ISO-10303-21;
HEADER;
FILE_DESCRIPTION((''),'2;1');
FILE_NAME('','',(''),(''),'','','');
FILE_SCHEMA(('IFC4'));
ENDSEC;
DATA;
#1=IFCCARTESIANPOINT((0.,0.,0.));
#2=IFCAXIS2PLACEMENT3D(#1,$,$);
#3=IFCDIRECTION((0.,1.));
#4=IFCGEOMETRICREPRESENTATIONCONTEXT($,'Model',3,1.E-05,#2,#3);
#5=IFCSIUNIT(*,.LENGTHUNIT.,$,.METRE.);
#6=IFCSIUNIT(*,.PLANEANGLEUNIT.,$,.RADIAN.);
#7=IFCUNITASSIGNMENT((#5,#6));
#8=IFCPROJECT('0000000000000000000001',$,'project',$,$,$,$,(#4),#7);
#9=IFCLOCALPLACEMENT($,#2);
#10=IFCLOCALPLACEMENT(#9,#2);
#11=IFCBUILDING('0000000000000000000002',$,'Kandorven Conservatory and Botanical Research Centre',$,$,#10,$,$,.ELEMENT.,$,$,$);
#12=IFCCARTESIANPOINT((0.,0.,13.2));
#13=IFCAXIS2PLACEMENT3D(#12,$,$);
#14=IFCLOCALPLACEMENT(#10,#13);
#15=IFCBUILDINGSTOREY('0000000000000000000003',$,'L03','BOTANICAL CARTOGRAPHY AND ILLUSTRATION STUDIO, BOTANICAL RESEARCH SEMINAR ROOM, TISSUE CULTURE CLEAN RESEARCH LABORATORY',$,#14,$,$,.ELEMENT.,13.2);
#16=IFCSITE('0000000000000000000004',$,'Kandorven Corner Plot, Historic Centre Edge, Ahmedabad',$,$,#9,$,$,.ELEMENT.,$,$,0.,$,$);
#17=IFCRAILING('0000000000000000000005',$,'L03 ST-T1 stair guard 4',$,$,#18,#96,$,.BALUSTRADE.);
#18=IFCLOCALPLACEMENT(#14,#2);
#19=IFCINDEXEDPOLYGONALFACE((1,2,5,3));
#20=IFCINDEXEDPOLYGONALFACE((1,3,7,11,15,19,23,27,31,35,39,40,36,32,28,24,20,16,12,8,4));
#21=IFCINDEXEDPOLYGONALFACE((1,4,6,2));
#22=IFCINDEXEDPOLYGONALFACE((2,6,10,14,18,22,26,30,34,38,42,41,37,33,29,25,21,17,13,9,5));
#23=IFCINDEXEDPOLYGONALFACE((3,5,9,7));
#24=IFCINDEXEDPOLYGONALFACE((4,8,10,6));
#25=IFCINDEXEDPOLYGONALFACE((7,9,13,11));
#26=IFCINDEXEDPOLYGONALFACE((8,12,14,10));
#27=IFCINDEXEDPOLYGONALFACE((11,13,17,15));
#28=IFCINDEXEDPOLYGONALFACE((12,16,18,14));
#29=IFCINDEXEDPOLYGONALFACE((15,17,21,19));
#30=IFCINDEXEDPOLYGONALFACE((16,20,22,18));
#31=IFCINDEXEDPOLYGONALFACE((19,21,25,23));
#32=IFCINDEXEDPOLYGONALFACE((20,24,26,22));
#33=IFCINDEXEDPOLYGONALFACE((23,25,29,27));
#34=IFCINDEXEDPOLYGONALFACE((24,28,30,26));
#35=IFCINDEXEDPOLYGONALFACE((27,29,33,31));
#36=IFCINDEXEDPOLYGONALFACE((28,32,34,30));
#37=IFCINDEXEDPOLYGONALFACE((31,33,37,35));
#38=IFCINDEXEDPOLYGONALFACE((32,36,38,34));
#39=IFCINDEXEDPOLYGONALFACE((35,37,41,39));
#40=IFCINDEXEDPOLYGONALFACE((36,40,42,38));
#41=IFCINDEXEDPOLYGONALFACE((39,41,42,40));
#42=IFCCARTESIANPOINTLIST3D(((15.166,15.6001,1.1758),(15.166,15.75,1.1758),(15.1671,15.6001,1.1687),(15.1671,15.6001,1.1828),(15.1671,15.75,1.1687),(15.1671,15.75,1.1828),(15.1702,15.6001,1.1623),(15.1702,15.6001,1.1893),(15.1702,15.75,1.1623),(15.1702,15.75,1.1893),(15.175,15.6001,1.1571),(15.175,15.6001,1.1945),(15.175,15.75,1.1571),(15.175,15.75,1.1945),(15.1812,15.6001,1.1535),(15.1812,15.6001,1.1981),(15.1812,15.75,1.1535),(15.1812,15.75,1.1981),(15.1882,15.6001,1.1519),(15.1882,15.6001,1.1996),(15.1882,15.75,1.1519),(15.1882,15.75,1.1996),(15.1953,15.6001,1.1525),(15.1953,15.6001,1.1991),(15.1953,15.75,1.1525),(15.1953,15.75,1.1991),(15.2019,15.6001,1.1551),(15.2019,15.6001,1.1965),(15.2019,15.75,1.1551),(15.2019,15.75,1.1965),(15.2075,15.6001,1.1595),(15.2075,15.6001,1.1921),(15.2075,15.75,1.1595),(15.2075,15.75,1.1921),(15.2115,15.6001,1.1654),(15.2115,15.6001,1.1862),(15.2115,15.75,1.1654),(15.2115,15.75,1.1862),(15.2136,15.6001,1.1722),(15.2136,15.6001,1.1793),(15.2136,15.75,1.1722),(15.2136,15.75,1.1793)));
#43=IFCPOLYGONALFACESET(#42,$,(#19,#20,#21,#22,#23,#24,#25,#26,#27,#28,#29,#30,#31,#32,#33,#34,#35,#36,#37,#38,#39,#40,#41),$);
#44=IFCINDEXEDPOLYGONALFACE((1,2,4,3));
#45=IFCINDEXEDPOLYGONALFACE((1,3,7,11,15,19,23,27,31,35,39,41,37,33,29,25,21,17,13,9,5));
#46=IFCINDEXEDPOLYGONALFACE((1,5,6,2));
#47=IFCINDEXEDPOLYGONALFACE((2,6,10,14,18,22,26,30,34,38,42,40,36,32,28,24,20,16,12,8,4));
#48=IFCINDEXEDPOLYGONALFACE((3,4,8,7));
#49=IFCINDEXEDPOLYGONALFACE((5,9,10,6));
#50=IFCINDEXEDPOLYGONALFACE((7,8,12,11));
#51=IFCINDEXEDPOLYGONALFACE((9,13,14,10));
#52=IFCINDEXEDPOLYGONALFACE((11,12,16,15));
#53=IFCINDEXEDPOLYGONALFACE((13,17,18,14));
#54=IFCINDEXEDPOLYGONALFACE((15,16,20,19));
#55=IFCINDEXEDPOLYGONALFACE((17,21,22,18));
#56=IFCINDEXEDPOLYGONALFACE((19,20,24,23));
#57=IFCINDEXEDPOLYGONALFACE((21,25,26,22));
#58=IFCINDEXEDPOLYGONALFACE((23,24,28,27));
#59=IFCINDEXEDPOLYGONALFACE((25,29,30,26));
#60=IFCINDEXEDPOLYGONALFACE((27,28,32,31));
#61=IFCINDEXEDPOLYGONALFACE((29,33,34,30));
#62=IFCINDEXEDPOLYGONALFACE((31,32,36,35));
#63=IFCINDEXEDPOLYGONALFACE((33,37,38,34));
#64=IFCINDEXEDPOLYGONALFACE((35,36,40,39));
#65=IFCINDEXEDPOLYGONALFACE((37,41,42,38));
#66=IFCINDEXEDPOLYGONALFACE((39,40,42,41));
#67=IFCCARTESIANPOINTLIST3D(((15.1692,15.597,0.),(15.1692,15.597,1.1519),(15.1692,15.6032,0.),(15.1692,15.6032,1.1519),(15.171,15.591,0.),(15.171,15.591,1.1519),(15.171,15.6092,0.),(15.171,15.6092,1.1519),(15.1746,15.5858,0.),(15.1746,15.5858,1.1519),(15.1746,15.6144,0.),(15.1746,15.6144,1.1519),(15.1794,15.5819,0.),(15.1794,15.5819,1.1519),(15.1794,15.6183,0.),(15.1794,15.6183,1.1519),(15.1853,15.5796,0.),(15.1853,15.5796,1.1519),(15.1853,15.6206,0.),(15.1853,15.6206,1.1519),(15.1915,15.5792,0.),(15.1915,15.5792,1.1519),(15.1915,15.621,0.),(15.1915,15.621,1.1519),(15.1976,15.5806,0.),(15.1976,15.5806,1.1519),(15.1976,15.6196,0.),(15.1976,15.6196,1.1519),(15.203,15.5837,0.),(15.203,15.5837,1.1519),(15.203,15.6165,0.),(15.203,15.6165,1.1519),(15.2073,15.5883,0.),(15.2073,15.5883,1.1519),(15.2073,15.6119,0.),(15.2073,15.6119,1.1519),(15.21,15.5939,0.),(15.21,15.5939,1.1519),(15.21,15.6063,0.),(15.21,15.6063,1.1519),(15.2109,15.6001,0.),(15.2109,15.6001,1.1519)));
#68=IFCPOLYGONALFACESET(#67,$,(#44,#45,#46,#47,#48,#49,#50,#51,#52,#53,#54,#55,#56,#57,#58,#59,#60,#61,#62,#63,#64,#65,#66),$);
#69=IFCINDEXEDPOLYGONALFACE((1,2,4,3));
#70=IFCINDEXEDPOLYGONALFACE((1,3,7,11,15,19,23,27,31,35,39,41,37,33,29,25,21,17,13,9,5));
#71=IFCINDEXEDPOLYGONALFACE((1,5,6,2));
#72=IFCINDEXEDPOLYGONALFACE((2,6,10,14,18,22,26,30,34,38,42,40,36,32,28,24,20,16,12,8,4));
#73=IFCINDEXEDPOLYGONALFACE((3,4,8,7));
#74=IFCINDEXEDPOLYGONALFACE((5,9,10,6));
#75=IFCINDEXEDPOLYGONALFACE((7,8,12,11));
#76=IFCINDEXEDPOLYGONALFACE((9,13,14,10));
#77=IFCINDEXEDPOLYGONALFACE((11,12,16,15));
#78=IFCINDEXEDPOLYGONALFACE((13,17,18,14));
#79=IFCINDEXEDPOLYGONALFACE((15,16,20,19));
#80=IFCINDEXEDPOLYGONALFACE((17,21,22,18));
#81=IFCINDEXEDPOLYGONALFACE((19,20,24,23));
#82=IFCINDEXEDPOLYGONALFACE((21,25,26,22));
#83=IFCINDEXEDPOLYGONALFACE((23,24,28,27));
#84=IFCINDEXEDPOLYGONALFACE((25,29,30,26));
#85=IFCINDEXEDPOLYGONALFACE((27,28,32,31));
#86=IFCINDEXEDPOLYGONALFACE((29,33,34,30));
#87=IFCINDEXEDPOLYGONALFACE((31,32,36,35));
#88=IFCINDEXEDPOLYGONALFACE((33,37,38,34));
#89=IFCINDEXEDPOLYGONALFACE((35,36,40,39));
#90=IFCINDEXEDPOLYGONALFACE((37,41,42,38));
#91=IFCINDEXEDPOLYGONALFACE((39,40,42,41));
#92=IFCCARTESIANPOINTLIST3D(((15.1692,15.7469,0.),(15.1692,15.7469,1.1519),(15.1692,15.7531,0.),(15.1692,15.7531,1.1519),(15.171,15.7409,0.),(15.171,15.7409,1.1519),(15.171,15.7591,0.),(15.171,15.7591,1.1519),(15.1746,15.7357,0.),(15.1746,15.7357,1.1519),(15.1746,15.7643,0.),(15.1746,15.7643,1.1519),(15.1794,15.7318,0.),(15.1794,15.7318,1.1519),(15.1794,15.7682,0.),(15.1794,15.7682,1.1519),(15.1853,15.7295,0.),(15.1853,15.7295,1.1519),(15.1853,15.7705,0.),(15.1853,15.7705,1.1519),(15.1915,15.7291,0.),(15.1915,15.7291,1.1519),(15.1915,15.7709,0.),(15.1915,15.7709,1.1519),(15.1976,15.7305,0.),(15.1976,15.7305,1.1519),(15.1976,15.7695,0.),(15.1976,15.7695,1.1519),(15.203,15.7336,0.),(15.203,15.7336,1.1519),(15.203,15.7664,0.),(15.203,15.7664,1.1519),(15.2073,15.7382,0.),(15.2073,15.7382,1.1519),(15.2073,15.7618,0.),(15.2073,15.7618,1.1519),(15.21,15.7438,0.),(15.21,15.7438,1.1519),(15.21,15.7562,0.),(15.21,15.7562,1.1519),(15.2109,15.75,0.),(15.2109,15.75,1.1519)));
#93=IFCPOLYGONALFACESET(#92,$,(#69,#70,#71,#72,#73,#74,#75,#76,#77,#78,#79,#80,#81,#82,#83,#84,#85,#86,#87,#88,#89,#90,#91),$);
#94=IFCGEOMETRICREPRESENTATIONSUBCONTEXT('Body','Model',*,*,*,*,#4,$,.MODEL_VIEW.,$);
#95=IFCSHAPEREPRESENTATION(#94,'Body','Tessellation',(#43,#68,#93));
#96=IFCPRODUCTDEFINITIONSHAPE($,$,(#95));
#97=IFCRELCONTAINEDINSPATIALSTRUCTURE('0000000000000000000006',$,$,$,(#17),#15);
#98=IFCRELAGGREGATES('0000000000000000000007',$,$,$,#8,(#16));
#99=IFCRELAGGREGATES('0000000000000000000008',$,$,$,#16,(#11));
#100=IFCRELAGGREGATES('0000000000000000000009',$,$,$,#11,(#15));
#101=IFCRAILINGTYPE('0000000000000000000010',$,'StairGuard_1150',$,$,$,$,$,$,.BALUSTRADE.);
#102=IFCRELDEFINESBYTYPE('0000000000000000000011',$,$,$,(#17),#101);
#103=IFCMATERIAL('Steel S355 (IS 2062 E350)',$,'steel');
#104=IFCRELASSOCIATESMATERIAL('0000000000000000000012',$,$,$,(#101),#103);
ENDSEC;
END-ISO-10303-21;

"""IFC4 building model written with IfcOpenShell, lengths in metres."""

from ifc_helpers import new_model, si_unit, direction, frame, origin, origin_2d, place, context, subcontext, project, spatial, circle, extrude, material, type_object, element, save


model = new_model("IFC4")

# Units and contexts
model_context = context("Model", 3, precision=1e-05, world=origin(), true_north=direction((0.0, 1.0)))
body_context = subcontext(model_context, "Body", "Model", "MODEL_VIEW")
ifc_project = project(units=[si_unit("LENGTHUNIT", "METRE"), si_unit("PLANEANGLEUNIT", "RADIAN")], contexts=[model_context])

# Site, building, storey
site_placement = place(None, origin())
site = spatial("IfcSite", under=ifc_project, at=site_placement, Name="Kandorven Corner Plot, Historic Centre Edge, Ahmedabad", CompositionType="ELEMENT", RefElevation=0.0)
building_placement = place(site_placement, origin())
building = spatial("IfcBuilding", under=site, at=building_placement, Name="Kandorven Conservatory and Botanical Research Centre", CompositionType="ELEMENT")
storey_placement = place(building_placement, frame((0.0, 0.0, 13.2)))
storey = spatial("IfcBuildingStorey", under=building, at=storey_placement, Name="L03", Description="BOTANICAL CARTOGRAPHY AND ILLUSTRATION STUDIO, BOTANICAL RESEARCH SEMINAR ROOM, TISSUE CULTURE CLEAN RESEARCH LABORATORY", CompositionType="ELEMENT", Elevation=13.2)

# Railing
ifc_material_1 = material(Name="Steel S355 (IS 2062 E350)", Category="steel")
railing_type_1 = type_object("IfcRailingType", Name="StairGuard_1150", PredefinedType="BALUSTRADE", material=ifc_material_1)
railing_1_placement = place(storey_placement, frame((15.1899, 15.6001, 0.0)))
element("IfcRailing", 1, at=railing_1_placement, inside=storey, type_object=railing_type_1, Name="L03 ST-T1 stair guard 4", PredefinedType="BALUSTRADE", context=body_context, shape_type="SweptSolid", body=[
    extrude(circle(Radius=0.0239, at=origin_2d()), frame((0.0, 0.0, 1.1758), z_axis=(0.0, 1.0, 0.0), x_axis=(-1.0, 0.0, 0.0)), (0.0, 0.0, 1.0), 0.1499),
    extrude(circle(Radius=0.021, at=origin_2d()), origin(), (0.0, 0.0, 1.0), 1.1519),
    extrude(circle(Radius=0.021, at=origin_2d()), frame((0.0, 0.1499, 0.0)), (0.0, 0.0, 1.0), 1.1519),
])

save(model, "model.ifc")
